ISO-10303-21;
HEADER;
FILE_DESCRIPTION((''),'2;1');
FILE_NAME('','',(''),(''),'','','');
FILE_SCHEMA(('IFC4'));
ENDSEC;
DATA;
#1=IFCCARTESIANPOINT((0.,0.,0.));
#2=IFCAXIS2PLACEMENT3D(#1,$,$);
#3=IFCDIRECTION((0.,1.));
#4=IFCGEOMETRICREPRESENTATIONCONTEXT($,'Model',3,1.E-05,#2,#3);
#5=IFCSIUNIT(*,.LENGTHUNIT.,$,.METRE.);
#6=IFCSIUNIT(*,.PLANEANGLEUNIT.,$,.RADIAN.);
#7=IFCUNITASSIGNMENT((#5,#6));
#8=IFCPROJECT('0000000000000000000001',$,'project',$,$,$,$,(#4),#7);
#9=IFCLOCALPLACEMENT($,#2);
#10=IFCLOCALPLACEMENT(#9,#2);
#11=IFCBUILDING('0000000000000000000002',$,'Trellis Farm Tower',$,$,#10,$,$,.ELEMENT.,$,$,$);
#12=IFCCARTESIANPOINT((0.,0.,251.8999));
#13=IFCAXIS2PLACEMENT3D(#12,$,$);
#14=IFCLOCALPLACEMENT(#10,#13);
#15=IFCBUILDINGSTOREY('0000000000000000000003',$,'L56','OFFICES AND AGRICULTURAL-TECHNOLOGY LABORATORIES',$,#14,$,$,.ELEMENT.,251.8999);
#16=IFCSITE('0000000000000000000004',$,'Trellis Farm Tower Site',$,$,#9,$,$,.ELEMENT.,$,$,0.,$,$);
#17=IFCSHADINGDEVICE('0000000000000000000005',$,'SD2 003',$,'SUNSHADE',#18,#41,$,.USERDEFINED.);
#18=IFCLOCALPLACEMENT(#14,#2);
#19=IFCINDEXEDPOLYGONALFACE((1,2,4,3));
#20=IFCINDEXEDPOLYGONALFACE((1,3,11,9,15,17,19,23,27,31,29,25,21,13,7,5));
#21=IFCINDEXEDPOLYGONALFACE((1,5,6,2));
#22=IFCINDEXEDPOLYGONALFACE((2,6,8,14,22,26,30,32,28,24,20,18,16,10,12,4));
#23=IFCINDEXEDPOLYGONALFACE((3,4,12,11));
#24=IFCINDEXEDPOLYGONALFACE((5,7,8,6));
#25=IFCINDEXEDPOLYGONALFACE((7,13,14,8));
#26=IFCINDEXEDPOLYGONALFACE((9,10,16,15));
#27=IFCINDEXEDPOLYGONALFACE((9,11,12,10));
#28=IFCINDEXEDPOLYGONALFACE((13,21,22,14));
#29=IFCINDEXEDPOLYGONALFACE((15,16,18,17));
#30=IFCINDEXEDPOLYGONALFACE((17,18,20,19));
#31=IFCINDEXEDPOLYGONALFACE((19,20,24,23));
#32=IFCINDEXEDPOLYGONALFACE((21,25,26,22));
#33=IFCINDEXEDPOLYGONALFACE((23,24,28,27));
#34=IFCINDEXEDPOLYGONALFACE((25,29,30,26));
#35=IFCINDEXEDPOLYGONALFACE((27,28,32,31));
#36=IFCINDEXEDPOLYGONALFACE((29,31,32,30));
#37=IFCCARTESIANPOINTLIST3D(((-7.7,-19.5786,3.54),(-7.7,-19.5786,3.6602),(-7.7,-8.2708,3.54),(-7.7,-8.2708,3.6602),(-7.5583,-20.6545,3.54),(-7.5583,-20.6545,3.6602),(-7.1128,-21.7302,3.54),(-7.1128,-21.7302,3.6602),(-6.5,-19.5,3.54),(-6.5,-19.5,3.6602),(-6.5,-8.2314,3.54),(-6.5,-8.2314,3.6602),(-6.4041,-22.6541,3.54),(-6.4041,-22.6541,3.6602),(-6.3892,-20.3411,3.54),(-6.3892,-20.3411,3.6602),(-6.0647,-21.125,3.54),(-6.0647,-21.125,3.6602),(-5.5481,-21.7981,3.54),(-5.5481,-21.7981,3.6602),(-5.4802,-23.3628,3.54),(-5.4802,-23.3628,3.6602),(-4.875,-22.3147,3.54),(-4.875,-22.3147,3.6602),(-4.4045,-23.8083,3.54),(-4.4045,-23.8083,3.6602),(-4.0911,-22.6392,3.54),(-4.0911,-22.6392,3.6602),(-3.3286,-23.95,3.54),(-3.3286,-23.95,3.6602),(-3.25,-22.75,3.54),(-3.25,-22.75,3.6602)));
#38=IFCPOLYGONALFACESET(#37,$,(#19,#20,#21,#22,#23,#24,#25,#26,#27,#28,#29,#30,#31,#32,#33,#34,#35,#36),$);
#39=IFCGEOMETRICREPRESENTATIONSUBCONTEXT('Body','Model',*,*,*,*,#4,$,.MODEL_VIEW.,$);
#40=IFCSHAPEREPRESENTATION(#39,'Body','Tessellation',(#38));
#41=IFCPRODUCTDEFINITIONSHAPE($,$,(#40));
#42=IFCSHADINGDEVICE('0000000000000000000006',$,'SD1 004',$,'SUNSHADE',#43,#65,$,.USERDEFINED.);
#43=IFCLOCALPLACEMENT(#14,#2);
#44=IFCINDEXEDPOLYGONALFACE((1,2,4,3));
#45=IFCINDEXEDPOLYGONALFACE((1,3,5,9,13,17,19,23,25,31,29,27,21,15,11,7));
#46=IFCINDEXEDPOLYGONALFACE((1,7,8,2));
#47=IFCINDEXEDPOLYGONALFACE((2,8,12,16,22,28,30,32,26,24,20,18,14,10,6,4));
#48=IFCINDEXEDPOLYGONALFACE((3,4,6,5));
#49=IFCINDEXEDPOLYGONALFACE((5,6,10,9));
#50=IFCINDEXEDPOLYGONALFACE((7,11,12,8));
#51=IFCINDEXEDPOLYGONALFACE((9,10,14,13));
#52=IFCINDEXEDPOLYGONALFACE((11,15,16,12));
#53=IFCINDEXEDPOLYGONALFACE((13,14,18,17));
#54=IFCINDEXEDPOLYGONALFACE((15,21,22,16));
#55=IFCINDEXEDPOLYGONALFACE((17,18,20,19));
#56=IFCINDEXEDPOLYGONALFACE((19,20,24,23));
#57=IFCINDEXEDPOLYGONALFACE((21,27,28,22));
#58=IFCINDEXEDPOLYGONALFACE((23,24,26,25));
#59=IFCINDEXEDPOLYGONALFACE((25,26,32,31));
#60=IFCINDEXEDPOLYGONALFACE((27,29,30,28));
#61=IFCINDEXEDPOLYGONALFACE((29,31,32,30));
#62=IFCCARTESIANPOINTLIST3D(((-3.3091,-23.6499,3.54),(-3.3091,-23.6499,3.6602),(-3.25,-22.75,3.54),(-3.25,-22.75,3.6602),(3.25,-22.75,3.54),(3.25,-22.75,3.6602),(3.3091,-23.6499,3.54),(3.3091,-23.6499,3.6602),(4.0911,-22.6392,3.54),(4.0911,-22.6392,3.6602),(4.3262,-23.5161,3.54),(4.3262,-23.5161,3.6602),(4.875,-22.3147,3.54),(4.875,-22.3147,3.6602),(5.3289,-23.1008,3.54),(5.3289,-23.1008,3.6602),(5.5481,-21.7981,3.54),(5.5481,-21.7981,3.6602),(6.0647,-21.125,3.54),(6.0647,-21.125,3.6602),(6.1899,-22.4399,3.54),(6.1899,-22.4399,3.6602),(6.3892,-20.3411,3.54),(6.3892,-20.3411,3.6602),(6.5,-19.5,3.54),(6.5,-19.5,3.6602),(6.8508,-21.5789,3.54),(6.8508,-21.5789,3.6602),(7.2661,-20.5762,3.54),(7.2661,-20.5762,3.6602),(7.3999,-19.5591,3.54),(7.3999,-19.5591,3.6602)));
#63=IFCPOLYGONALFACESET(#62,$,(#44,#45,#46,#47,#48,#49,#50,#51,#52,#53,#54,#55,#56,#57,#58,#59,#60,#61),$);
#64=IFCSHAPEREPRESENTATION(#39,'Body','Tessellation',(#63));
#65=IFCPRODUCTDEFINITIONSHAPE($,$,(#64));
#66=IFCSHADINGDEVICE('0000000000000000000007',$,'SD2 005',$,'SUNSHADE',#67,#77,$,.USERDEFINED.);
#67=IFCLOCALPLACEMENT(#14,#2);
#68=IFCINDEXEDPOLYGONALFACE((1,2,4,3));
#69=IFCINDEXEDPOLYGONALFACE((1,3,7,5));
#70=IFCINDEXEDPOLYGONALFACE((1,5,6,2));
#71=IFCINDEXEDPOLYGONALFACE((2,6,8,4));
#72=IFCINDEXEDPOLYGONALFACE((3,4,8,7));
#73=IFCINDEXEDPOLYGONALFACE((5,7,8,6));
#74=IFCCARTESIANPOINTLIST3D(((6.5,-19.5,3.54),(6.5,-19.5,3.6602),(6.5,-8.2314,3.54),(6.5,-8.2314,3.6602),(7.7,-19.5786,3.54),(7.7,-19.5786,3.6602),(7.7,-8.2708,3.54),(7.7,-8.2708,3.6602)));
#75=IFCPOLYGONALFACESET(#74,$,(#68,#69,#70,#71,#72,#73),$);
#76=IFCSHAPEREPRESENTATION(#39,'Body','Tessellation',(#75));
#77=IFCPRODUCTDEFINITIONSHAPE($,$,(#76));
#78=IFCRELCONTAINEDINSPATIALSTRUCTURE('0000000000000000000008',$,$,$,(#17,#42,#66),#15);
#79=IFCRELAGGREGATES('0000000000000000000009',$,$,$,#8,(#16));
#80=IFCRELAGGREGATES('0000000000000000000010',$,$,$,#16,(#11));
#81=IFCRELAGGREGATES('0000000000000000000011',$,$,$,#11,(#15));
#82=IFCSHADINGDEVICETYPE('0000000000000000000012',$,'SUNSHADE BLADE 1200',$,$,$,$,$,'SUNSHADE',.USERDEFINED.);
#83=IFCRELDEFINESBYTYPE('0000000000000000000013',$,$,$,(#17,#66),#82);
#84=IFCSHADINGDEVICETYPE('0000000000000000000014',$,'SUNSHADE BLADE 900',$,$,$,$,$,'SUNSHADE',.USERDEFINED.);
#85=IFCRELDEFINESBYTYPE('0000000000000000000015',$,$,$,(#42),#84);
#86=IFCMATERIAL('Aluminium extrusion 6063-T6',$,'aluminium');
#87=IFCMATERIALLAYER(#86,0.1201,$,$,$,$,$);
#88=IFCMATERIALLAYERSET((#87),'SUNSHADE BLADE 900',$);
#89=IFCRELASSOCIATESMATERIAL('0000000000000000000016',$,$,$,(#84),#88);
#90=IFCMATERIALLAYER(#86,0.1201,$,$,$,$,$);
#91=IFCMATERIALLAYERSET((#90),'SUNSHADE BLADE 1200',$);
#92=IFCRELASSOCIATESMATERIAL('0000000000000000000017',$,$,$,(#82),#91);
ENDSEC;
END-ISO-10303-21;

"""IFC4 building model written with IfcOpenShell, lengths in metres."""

from ifc_helpers import new_model, si_unit, direction, frame, origin, place, context, subcontext, project, spatial, polyline, outline, extrude, source, transform, mapped, material, layer, layer_set, type_object, element, save


model = new_model("IFC4")

# Units and contexts
model_context = context("Model", 3, precision=1e-05, world=origin(), true_north=direction((0.0, 1.0)))
body_context = subcontext(model_context, "Body", "Model", "MODEL_VIEW")
ifc_project = project(units=[si_unit("LENGTHUNIT", "METRE"), si_unit("PLANEANGLEUNIT", "RADIAN")], contexts=[model_context])

# Site, building, storey
site_placement = place(None, origin())
site = spatial("IfcSite", under=ifc_project, at=site_placement, Name="Trellis Farm Tower Site", CompositionType="ELEMENT", RefElevation=0.0)
building_placement = place(site_placement, origin())
building = spatial("IfcBuilding", under=site, at=building_placement, Name="Trellis Farm Tower", CompositionType="ELEMENT")
storey_placement = place(building_placement, frame((0.0, 0.0, 251.8999)))
storey = spatial("IfcBuildingStorey", under=building, at=storey_placement, Name="L56", Description="OFFICES AND AGRICULTURAL-TECHNOLOGY LABORATORIES", CompositionType="ELEMENT", Elevation=251.8999)

# Shared definitions
ifc_material_1 = material(Name="Aluminium extrusion 6063-T6", Category="aluminium")

# Shading devices
ifc_layer_1 = layer(ifc_material_1, 0.1201)
ifc_layer_set_1 = layer_set([ifc_layer_1], Name="SUNSHADE BLADE 900")
shading_device_type_1 = type_object("IfcShadingDeviceType", Name="SUNSHADE BLADE 900", ElementType="SUNSHADE", PredefinedType="USERDEFINED", material=ifc_layer_set_1)
placement_1 = place(storey_placement, frame((0.0, 0.0, 3.54)))
ifc_layer_2 = layer(ifc_material_1, 0.1201)
ifc_layer_set_2 = layer_set([ifc_layer_2], Name="SUNSHADE BLADE 1200")
shading_device_type_2 = type_object("IfcShadingDeviceType", Name="SUNSHADE BLADE 1200", ElementType="SUNSHADE", PredefinedType="USERDEFINED", material=ifc_layer_set_2)
shared_shape_1 = source(origin(), body_context, "Body", "SweptSolid", [
    extrude(outline(polyline([(-7.7, -8.2708), (-7.7, -19.5786), (-7.5583, -20.6545), (-7.1128, -21.7302), (-6.4041, -22.6541), (-5.4802, -23.3628), (-4.4045, -23.8083), (-3.3286, -23.95), (-3.25, -22.75), (-4.0911, -22.6392), (-4.875, -22.3147), (-5.5481, -21.7981), (-6.0647, -21.125), (-6.3892, -20.3411), (-6.5, -19.5), (-6.5, -8.2314), (-7.7, -8.2708)])), origin(), (0.0, 0.0, 1.0), 0.1201),
])
element("IfcShadingDevice", 1, at=placement_1, inside=storey, type_object=shading_device_type_2, Name="SD2 003", ObjectType="SUNSHADE", PredefinedType="USERDEFINED", context=body_context, shape_type="MappedRepresentation", body=[
    mapped(shared_shape_1, transform((0.0, 0.0, 0.0))),
])
shared_shape_2 = source(origin(), body_context, "Body", "SweptSolid", [
    extrude(outline(polyline([(-3.3091, -23.6499), (3.3091, -23.6499), (4.3262, -23.5161), (5.3289, -23.1008), (6.1899, -22.4399), (6.8508, -21.5789), (7.2661, -20.5762), (7.3999, -19.5591), (6.5, -19.5), (6.3892, -20.3411), (6.0647, -21.125), (5.5481, -21.7981), (4.875, -22.3147), (4.0911, -22.6392), (3.25, -22.75), (-3.25, -22.75), (-3.3091, -23.6499)])), origin(), (0.0, 0.0, 1.0), 0.1201),
])
element("IfcShadingDevice", 2, at=placement_1, inside=storey, type_object=shading_device_type_1, Name="SD1 004", ObjectType="SUNSHADE", PredefinedType="USERDEFINED", context=body_context, shape_type="MappedRepresentation", body=[
    mapped(shared_shape_2, transform((0.0, 0.0, 0.0))),
])
shared_shape_3 = source(origin(), body_context, "Body", "SweptSolid", [
    extrude(outline(polyline([(7.7, -19.5786), (7.7, -8.2708), (6.5, -8.2314), (6.5, -19.5), (7.7, -19.5786)])), origin(), (0.0, 0.0, 1.0), 0.1201),
])
element("IfcShadingDevice", 3, at=placement_1, inside=storey, type_object=shading_device_type_2, Name="SD2 005", ObjectType="SUNSHADE", PredefinedType="USERDEFINED", context=body_context, shape_type="MappedRepresentation", body=[
    mapped(shared_shape_3, transform((0.0, 0.0, 0.0))),
])

save(model, "model.ifc")
